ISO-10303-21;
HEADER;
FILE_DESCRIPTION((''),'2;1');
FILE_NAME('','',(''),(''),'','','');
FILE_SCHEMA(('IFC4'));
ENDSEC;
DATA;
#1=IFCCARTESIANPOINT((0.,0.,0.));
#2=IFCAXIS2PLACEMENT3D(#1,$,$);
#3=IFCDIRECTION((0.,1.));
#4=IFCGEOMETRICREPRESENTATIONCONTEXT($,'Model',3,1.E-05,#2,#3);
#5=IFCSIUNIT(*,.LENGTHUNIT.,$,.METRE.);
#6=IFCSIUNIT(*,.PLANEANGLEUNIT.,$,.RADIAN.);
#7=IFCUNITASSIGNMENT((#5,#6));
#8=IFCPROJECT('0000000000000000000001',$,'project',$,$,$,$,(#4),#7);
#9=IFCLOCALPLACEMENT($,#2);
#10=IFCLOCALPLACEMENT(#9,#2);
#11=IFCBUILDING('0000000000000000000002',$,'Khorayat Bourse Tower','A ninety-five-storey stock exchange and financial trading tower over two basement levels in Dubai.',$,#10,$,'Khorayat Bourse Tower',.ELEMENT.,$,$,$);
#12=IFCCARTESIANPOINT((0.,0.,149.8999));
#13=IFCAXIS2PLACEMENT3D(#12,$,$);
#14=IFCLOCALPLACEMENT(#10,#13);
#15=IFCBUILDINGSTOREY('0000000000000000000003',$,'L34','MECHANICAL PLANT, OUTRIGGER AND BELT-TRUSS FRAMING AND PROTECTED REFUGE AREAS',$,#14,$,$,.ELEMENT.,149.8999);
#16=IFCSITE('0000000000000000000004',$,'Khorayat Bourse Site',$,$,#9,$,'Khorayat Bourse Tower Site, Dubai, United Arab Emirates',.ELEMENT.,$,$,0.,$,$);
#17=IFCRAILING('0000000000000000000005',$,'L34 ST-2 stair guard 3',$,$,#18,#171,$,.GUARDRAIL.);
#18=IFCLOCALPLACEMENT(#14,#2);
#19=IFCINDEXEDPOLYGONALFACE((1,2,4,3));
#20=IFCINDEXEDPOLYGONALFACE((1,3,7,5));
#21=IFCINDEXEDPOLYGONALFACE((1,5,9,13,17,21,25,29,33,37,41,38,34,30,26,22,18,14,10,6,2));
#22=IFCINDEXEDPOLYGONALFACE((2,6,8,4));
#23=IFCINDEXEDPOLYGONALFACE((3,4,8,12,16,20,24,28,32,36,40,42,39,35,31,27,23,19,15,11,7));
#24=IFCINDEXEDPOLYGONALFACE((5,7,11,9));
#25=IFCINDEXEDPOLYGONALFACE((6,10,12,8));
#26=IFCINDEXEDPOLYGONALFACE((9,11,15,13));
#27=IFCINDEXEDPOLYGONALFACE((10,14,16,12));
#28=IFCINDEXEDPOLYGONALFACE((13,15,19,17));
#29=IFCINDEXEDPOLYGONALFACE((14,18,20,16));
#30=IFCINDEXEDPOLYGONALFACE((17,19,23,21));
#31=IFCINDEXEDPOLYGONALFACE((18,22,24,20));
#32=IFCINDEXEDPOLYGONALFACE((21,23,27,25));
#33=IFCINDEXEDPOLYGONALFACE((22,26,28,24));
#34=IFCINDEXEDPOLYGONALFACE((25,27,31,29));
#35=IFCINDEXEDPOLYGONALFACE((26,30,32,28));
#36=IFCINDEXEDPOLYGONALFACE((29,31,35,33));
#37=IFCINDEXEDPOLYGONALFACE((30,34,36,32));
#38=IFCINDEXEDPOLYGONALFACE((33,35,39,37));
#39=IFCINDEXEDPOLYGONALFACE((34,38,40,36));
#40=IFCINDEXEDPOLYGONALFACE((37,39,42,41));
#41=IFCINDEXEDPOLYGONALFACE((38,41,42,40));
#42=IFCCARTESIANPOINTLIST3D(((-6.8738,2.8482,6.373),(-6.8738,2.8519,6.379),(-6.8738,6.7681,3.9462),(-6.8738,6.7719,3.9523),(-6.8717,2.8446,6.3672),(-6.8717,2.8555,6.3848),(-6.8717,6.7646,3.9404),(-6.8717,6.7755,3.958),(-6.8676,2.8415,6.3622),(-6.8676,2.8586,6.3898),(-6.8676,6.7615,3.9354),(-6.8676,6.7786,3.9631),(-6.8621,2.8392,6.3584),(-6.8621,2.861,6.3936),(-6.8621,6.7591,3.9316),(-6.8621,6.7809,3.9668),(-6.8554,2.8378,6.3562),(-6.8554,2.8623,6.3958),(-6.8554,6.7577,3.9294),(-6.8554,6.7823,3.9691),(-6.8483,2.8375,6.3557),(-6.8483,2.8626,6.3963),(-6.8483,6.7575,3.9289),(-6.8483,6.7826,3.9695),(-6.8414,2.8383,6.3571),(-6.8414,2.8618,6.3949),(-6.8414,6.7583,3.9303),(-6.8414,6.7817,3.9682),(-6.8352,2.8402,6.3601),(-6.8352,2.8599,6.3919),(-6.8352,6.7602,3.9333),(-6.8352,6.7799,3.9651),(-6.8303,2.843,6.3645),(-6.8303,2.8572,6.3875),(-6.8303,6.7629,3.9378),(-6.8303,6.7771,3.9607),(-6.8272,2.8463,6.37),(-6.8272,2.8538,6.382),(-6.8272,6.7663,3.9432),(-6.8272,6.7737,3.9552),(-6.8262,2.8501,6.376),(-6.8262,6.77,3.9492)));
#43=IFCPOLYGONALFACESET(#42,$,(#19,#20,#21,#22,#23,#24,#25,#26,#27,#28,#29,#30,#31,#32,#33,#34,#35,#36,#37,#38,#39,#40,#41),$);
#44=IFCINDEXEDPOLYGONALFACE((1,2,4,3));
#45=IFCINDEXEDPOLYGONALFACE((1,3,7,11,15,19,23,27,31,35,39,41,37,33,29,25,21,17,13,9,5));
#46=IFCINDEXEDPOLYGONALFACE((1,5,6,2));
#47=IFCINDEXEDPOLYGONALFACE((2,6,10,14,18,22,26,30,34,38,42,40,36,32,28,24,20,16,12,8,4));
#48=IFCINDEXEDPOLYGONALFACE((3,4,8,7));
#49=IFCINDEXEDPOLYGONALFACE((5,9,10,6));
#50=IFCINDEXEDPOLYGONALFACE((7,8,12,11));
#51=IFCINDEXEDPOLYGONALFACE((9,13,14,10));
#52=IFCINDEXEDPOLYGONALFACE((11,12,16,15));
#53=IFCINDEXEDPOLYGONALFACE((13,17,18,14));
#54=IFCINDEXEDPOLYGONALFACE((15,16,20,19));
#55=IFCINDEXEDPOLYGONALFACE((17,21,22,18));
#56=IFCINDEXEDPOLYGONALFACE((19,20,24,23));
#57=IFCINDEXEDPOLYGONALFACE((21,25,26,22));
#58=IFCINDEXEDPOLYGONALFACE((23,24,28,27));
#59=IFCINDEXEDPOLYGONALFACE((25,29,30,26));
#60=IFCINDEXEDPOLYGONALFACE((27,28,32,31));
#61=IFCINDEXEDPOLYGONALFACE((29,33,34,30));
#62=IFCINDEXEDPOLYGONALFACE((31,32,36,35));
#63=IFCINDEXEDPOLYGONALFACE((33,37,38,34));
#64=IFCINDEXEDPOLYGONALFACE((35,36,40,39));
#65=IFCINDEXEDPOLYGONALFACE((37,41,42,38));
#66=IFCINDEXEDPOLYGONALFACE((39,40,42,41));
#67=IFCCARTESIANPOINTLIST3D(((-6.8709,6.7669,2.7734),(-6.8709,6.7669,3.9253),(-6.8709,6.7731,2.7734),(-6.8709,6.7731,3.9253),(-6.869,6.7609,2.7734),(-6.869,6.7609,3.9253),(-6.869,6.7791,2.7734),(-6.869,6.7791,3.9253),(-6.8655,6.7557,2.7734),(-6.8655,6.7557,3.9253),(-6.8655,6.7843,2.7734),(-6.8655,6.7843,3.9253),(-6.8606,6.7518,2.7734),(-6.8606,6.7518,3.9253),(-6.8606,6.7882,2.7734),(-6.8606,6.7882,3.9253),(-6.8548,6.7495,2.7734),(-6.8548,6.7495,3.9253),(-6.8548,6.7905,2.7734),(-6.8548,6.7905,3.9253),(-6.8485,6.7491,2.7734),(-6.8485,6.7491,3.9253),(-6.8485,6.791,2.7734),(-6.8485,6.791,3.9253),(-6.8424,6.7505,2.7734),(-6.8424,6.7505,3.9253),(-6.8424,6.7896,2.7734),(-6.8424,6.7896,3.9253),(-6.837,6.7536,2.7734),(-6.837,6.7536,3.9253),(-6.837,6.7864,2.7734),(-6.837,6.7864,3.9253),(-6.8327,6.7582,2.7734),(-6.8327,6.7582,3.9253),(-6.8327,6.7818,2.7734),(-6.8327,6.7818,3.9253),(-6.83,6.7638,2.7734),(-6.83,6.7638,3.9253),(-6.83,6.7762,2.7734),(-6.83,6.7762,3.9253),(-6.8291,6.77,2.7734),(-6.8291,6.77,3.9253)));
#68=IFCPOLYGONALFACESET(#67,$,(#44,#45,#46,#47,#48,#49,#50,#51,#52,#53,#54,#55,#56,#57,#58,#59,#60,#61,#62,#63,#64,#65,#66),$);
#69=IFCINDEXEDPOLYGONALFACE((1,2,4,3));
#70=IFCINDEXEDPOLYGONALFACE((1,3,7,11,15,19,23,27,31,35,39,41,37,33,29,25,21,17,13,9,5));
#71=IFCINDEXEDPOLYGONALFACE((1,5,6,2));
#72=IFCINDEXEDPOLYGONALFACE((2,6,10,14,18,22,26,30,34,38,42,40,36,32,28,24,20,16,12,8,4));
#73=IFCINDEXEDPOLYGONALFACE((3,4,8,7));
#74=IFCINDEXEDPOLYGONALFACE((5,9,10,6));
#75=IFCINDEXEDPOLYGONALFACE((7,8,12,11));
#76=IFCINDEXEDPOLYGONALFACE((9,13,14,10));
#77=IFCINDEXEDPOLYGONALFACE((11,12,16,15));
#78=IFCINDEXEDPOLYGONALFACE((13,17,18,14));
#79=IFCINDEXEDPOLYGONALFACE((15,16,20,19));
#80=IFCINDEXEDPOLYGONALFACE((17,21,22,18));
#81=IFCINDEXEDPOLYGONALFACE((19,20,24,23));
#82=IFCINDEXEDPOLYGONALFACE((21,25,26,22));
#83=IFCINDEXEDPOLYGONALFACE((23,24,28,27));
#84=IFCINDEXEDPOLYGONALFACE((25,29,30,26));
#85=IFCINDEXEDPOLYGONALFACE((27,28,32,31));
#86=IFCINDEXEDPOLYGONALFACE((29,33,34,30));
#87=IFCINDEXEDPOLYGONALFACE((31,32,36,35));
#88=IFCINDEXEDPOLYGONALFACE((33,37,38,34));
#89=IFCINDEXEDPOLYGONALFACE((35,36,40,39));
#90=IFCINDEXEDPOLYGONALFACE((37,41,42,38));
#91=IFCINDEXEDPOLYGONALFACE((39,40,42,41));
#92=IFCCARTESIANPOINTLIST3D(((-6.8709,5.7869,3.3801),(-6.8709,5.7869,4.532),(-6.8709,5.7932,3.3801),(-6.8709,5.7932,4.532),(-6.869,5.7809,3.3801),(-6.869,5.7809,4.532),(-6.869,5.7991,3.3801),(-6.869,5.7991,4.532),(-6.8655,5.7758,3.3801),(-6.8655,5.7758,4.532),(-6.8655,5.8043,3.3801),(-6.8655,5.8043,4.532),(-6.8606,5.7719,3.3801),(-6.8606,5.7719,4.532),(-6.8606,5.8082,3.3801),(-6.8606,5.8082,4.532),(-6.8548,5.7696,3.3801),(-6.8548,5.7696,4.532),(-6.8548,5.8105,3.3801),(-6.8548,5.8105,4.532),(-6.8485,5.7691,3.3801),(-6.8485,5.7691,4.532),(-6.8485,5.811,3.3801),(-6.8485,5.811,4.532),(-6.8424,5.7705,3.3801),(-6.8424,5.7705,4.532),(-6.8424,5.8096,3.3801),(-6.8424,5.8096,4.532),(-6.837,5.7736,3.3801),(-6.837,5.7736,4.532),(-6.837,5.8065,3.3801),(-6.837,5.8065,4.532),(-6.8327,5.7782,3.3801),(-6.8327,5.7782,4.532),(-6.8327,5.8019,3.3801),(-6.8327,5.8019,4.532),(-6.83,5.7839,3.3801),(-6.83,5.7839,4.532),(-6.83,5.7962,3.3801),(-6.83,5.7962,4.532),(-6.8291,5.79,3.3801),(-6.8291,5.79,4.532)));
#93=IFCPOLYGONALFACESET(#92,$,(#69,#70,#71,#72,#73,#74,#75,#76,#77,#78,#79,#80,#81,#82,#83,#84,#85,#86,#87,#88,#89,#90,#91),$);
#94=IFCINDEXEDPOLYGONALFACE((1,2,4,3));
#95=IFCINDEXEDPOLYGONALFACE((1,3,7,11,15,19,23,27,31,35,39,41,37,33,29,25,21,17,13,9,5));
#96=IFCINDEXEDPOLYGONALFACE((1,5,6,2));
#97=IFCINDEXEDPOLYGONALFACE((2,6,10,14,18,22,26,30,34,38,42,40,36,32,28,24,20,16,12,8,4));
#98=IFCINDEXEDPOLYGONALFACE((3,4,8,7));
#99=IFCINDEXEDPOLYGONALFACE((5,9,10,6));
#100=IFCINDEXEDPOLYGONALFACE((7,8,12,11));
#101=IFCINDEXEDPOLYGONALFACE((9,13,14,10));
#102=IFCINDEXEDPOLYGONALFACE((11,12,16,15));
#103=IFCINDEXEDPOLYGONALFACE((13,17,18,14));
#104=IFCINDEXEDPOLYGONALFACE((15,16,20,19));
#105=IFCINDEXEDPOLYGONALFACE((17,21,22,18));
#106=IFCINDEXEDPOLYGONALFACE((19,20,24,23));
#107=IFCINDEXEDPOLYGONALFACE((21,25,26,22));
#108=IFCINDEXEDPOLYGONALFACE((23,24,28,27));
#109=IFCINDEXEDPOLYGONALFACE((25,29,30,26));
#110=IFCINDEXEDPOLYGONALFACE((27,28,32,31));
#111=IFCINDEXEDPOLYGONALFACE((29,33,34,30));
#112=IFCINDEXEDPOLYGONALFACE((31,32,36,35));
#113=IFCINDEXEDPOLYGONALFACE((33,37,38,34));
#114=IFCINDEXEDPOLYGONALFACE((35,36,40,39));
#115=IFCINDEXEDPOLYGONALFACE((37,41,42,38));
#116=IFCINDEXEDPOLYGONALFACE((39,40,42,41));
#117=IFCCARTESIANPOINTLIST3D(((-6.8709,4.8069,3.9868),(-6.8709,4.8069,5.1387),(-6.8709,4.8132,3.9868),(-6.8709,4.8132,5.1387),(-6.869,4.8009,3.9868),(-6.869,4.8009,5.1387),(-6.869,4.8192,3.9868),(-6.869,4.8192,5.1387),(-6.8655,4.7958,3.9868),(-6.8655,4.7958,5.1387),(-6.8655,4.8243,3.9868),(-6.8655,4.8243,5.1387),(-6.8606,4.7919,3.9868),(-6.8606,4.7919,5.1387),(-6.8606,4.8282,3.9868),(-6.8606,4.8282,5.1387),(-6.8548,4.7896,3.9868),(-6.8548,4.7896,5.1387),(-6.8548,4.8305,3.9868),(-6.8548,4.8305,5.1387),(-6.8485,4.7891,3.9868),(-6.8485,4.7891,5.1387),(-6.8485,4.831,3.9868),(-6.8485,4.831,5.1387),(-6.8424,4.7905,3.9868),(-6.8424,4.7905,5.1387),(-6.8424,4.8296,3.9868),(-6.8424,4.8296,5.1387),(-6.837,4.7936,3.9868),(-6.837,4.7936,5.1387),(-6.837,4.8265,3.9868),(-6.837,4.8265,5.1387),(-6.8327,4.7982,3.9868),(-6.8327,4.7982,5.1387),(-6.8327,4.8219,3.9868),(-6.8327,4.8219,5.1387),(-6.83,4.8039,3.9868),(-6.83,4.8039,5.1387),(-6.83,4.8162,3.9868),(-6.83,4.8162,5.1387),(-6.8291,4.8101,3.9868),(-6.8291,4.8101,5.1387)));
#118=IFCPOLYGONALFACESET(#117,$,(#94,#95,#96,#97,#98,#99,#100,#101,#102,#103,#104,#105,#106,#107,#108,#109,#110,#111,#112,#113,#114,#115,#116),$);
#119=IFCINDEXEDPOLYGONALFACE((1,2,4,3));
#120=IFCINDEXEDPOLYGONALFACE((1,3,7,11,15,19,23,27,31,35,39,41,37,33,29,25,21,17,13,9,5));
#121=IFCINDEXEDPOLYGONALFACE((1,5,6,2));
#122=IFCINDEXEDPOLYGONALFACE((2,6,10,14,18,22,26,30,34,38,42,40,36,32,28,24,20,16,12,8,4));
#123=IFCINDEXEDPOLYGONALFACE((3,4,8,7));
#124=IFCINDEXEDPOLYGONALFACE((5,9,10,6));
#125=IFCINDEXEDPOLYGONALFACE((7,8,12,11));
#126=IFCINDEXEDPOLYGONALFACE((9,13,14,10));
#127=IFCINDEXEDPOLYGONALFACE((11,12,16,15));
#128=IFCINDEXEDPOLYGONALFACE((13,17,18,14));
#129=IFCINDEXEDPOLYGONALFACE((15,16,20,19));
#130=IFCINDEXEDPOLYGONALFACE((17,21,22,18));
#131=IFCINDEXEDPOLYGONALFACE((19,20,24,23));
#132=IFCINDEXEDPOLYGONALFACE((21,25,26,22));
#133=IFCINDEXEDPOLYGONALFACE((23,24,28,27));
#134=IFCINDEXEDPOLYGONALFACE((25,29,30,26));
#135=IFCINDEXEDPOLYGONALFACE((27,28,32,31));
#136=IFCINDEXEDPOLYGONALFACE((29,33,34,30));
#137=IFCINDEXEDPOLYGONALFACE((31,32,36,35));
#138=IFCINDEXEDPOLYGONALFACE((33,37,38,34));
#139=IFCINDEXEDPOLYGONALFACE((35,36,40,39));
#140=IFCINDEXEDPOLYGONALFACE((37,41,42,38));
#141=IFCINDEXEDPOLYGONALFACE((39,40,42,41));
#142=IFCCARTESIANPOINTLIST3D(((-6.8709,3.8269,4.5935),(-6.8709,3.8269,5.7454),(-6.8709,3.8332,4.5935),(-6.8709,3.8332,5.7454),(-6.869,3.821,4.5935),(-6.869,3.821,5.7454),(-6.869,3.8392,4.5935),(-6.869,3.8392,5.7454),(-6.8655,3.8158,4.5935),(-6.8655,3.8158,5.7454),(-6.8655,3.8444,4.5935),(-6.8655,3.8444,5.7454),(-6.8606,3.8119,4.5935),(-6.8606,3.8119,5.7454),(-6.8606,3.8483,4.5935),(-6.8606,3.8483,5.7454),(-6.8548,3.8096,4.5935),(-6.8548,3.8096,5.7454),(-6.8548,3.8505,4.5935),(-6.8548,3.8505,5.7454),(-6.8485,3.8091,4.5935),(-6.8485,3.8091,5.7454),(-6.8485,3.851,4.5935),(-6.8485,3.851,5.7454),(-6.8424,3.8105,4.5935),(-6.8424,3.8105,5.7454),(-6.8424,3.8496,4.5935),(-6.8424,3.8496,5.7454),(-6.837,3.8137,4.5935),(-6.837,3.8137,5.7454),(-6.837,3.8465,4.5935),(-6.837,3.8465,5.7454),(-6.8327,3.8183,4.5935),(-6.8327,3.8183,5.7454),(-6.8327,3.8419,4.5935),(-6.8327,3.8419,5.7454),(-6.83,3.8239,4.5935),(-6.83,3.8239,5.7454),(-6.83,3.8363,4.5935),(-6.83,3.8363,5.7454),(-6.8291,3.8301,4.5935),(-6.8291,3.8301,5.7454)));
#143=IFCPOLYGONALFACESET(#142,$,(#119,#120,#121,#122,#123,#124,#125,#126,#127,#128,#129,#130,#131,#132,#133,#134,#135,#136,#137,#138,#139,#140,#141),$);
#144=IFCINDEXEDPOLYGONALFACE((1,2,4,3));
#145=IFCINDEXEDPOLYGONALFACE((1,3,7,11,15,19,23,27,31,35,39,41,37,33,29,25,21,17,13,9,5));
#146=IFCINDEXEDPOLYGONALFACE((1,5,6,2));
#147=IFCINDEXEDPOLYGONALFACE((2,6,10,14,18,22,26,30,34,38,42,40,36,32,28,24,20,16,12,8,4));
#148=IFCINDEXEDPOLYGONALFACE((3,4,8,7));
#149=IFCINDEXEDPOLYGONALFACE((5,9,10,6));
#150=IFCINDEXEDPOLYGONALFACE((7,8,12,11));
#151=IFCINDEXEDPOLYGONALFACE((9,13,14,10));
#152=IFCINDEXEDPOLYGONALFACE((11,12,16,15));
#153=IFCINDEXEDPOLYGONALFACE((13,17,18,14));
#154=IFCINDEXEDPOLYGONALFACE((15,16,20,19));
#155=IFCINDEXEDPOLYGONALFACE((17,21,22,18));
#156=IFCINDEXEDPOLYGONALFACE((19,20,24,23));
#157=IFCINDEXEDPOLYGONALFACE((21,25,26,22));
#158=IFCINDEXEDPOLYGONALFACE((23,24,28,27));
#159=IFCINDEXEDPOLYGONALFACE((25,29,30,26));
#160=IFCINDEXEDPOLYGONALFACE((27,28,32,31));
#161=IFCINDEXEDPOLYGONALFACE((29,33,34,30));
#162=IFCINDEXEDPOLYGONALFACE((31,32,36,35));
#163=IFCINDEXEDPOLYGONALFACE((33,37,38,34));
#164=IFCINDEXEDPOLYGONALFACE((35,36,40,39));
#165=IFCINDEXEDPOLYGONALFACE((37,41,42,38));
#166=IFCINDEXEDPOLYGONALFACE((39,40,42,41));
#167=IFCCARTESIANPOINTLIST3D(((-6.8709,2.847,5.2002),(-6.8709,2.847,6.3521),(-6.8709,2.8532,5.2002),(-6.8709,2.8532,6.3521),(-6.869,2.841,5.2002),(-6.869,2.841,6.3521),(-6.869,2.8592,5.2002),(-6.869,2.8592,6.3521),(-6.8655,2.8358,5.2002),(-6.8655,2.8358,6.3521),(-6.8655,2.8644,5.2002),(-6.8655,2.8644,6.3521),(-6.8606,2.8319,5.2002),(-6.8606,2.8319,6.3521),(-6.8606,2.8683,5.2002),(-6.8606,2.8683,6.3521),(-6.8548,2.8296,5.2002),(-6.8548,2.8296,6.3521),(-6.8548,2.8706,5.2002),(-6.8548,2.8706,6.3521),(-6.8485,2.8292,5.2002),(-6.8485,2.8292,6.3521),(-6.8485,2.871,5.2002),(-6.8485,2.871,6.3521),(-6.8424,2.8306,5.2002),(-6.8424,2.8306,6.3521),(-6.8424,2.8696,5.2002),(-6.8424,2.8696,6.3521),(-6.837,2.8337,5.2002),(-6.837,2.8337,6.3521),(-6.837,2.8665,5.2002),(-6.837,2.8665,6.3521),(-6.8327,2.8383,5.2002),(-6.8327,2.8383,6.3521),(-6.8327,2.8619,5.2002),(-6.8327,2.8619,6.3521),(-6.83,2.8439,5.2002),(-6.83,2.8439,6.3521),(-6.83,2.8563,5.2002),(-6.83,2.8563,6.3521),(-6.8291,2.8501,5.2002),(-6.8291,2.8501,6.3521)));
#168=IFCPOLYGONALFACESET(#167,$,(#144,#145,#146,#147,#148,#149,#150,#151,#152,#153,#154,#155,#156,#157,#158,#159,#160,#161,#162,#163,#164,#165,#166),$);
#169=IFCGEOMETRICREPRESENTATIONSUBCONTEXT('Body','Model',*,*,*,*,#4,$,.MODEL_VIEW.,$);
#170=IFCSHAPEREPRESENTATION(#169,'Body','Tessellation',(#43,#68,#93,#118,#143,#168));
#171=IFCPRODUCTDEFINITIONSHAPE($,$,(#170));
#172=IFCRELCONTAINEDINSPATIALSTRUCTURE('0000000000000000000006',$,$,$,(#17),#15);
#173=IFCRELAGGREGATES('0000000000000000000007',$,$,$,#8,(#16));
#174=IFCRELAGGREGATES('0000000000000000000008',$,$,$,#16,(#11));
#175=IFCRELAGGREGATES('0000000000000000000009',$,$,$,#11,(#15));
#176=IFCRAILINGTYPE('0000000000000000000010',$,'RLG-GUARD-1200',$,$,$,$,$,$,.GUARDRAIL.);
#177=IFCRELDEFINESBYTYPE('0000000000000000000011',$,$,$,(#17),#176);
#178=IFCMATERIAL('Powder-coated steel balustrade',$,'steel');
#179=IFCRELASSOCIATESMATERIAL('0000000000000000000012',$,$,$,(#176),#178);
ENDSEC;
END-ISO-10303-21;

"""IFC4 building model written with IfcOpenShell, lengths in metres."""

from ifc_helpers import new_model, si_unit, direction, frame, origin, origin_2d, place, context, subcontext, project, spatial, circle, extrude, source, transform, mapped, material, type_object, element, save


model = new_model("IFC4")

# Units and contexts
model_context = context("Model", 3, precision=1e-05, world=origin(), true_north=direction((0.0, 1.0)))
body_context = subcontext(model_context, "Body", "Model", "MODEL_VIEW")
ifc_project = project(units=[si_unit("LENGTHUNIT", "METRE"), si_unit("PLANEANGLEUNIT", "RADIAN")], contexts=[model_context])

# Site, building, storey
site_placement = place(None, origin())
site = spatial("IfcSite", under=ifc_project, at=site_placement, Name="Khorayat Bourse Site", LongName="Khorayat Bourse Tower Site, Dubai, United Arab Emirates", CompositionType="ELEMENT", RefElevation=0.0)
building_placement = place(site_placement, origin())
building = spatial("IfcBuilding", under=site, at=building_placement, Name="Khorayat Bourse Tower", Description="A ninety-five-storey stock exchange and financial trading tower over two basement levels in Dubai.", LongName="Khorayat Bourse Tower", CompositionType="ELEMENT")
storey_placement = place(building_placement, frame((0.0, 0.0, 149.8999)))
storey = spatial("IfcBuildingStorey", under=building, at=storey_placement, Name="L34", Description="MECHANICAL PLANT, OUTRIGGER AND BELT-TRUSS FRAMING AND PROTECTED REFUGE AREAS", CompositionType="ELEMENT", Elevation=149.8999)

# Railing
ifc_material_1 = material(Name="Powder-coated steel balustrade", Category="steel")
railing_type_1 = type_object("IfcRailingType", Name="RLG-GUARD-1200", PredefinedType="GUARDRAIL", material=ifc_material_1)
shared_shape_1 = source(origin(), body_context, "Body", "SweptSolid", [
    extrude(circle(Radius=0.0239, at=origin_2d()), frame((0.0, 0.0, 1.1758), z_axis=(0.0, -0.850252, 0.526376), x_axis=(1.0, 0.0, 0.0)), (0.0, 0.0, 1.0), 4.6104),
    extrude(circle(Radius=0.021, at=origin_2d()), origin(), (0.0, 0.0, 1.0), 1.1519),
    extrude(circle(Radius=0.021, at=origin_2d()), frame((0.0, -0.98, 0.6067)), (0.0, 0.0, 1.0), 1.1519),
    extrude(circle(Radius=0.021, at=origin_2d()), frame((0.0, -1.96, 1.2134)), (0.0, 0.0, 1.0), 1.1519),
    extrude(circle(Radius=0.021, at=origin_2d()), frame((0.0, -2.9399, 1.8201)), (0.0, 0.0, 1.0), 1.1519),
    extrude(circle(Radius=0.021, at=origin_2d()), frame((0.0, -3.9199, 2.4268)), (0.0, 0.0, 1.0), 1.1519),
])
railing_1_placement = place(storey_placement, frame((-6.8501, 6.77, 2.7734)))
element("IfcRailing", 1, at=railing_1_placement, inside=storey, type_object=railing_type_1, Name="L34 ST-2 stair guard 3", PredefinedType="GUARDRAIL", context=body_context, shape_type="MappedRepresentation", body=[
    mapped(shared_shape_1, transform((0.0, 0.0, 0.0), scale=1.0)),
])

save(model, "model.ifc")
